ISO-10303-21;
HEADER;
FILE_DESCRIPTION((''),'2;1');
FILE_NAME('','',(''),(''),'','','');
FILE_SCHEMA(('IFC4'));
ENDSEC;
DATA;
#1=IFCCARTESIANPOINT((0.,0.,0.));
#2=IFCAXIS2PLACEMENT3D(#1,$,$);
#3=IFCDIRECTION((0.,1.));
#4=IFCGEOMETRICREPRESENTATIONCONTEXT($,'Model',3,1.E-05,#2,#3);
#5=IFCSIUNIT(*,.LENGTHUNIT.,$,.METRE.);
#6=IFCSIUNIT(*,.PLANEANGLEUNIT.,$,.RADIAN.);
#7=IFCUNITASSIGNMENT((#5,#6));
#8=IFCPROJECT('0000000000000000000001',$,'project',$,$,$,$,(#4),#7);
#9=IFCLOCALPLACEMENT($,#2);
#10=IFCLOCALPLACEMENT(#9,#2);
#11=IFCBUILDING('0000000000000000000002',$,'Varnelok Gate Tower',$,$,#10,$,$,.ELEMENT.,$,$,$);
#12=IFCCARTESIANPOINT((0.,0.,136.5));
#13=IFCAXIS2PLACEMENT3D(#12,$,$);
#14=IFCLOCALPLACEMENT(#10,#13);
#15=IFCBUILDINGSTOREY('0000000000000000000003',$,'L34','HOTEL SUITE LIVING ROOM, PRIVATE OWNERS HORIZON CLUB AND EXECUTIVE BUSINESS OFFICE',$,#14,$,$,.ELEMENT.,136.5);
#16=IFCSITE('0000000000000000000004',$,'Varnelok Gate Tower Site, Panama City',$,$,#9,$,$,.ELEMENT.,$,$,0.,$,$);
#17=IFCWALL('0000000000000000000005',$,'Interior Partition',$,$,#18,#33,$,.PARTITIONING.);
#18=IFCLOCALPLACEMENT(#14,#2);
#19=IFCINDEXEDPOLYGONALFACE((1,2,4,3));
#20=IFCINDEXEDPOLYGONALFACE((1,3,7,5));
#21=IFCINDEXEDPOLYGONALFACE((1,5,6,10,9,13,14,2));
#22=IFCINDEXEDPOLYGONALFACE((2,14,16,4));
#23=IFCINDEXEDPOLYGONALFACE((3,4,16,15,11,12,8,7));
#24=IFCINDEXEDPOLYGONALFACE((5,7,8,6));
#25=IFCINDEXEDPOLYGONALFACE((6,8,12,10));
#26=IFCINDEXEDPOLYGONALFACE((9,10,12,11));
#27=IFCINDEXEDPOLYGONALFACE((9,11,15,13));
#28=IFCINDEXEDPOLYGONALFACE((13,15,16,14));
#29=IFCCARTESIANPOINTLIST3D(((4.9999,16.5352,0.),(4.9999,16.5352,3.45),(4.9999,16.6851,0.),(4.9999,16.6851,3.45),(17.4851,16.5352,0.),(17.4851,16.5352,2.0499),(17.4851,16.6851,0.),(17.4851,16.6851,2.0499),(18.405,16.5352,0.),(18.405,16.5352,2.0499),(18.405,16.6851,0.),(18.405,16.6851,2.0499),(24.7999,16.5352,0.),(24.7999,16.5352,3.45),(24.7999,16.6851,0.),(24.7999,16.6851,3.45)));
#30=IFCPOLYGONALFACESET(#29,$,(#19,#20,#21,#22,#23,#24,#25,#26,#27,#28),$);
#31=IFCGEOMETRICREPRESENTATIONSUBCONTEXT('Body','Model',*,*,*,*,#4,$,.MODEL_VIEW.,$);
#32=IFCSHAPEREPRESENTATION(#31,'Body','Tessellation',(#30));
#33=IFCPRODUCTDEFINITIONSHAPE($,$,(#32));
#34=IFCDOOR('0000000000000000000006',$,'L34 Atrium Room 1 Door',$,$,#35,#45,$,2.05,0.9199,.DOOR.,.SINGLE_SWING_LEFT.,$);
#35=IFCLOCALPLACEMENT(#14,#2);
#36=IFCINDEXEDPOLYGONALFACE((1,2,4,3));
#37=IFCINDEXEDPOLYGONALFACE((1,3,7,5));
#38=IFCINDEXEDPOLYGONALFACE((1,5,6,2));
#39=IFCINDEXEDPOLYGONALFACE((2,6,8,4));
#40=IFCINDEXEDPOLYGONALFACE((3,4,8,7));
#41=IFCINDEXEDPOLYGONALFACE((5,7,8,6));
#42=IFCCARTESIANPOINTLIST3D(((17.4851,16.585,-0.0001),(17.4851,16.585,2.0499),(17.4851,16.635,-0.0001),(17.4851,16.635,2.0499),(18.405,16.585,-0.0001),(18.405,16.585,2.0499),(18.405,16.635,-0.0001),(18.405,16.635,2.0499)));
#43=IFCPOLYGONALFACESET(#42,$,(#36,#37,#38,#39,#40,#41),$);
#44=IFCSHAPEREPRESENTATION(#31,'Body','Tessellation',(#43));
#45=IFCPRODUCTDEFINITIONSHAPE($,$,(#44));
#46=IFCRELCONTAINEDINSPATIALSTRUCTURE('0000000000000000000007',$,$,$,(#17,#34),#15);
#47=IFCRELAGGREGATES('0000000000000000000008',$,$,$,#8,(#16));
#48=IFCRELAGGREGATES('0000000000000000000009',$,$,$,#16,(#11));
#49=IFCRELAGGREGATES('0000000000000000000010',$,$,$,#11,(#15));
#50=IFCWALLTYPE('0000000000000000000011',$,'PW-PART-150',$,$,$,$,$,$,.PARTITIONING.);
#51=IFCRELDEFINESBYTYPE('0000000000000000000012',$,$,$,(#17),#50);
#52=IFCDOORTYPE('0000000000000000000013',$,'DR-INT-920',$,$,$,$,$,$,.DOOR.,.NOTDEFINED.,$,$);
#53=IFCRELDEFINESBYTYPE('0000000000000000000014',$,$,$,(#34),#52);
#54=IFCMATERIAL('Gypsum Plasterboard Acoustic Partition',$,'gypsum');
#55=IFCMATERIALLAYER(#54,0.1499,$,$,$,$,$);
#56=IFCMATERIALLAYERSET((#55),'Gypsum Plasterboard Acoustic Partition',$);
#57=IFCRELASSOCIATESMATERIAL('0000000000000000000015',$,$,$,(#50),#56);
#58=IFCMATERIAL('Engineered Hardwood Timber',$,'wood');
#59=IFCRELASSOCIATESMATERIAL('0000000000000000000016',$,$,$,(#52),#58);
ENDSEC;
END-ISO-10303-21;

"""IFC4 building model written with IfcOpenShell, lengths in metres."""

from ifc_helpers import new_model, si_unit, direction, frame, frame_2d, origin, place, context, subcontext, project, spatial, rectangle, extrude, material, layer, layer_set, type_object, element, fill, save


model = new_model("IFC4")

# Units and contexts
model_context = context("Model", 3, precision=1e-05, world=origin(), true_north=direction((0.0, 1.0)))
body_context = subcontext(model_context, "Body", "Model", "MODEL_VIEW")
ifc_project = project(units=[si_unit("LENGTHUNIT", "METRE"), si_unit("PLANEANGLEUNIT", "RADIAN")], contexts=[model_context])

# Site, building, storey
site_placement = place(None, origin())
site = spatial("IfcSite", under=ifc_project, at=site_placement, Name="Varnelok Gate Tower Site, Panama City", CompositionType="ELEMENT", RefElevation=0.0)
building_placement = place(site_placement, origin())
building = spatial("IfcBuilding", under=site, at=building_placement, Name="Varnelok Gate Tower", CompositionType="ELEMENT")
storey_placement = place(building_placement, frame((0.0, 0.0, 136.5)))
storey = spatial("IfcBuildingStorey", under=building, at=storey_placement, Name="L34", Description="HOTEL SUITE LIVING ROOM, PRIVATE OWNERS HORIZON CLUB AND EXECUTIVE BUSINESS OFFICE", CompositionType="ELEMENT", Elevation=136.5)

# Shared definitions
ifc_material_1 = material(Name="Gypsum Plasterboard Acoustic Partition", Category="gypsum")
ifc_material_2 = material(Name="Engineered Hardwood Timber", Category="wood")

# Wall, opening, door
ifc_layer_1 = layer(ifc_material_1, 0.1499)
ifc_layer_set_1 = layer_set([ifc_layer_1], Name="Gypsum Plasterboard Acoustic Partition")
wall_type_1 = type_object("IfcWallType", Name="PW-PART-150", PredefinedType="PARTITIONING", material=ifc_layer_set_1)
wall_1_placement = place(storey_placement, frame((5.0, 16.6101, 0.0), z_axis=(0.0, 0.0, 1.0), x_axis=(1.0, 0.0, 0.0)))
wall_1 = element("IfcWall", 1, at=wall_1_placement, inside=storey, type_object=wall_type_1, Name="Interior Partition", PredefinedType="PARTITIONING", context=body_context, shape_type="SweptSolid", body=[
    extrude(rectangle(XDim=19.8, YDim=0.1499, at=frame_2d((9.8999, 0.0))), origin(), (0.0, 0.0, 1.0), 3.45),
])
opening_1_placement = place(wall_1_placement, frame((12.4851, 0.0, 0.0)))
opening_1 = element("IfcOpeningElement", 2, at=opening_1_placement, cuts=wall_1, PredefinedType="OPENING", context=body_context, shape_type="SweptSolid", body=[
    extrude(rectangle(XDim=0.9199, YDim=2.05, at=frame_2d((0.46, 1.0249))), frame((0.0, 0.085, 0.0), z_axis=(0.0, -1.0, 0.0), x_axis=(1.0, 0.0, 0.0)), (0.0, 0.0, 1.0), 0.1699),
])
door_type_1 = type_object("IfcDoorType", Name="DR-INT-920", OperationType="NOTDEFINED", PredefinedType="DOOR", material=ifc_material_2)
door_1_placement = place(opening_1_placement, origin())
door_1 = element("IfcDoor", 3, at=door_1_placement, inside=storey, type_object=door_type_1, Name="L34 Atrium Room 1 Door", OperationType="SINGLE_SWING_LEFT", OverallHeight=2.05, OverallWidth=0.9199, PredefinedType="DOOR", context=body_context, shape_type="SweptSolid", body=[
    extrude(rectangle(XDim=0.9199, YDim=2.05, at=frame_2d((0.46, 1.0249))), frame((0.0, 0.0249, 0.0), z_axis=(0.0, -1.0, 0.0), x_axis=(1.0, 0.0, 0.0)), (0.0, 0.0, 1.0), 0.05),
])
fill(opening_1, door_1)

save(model, "model.ifc")
